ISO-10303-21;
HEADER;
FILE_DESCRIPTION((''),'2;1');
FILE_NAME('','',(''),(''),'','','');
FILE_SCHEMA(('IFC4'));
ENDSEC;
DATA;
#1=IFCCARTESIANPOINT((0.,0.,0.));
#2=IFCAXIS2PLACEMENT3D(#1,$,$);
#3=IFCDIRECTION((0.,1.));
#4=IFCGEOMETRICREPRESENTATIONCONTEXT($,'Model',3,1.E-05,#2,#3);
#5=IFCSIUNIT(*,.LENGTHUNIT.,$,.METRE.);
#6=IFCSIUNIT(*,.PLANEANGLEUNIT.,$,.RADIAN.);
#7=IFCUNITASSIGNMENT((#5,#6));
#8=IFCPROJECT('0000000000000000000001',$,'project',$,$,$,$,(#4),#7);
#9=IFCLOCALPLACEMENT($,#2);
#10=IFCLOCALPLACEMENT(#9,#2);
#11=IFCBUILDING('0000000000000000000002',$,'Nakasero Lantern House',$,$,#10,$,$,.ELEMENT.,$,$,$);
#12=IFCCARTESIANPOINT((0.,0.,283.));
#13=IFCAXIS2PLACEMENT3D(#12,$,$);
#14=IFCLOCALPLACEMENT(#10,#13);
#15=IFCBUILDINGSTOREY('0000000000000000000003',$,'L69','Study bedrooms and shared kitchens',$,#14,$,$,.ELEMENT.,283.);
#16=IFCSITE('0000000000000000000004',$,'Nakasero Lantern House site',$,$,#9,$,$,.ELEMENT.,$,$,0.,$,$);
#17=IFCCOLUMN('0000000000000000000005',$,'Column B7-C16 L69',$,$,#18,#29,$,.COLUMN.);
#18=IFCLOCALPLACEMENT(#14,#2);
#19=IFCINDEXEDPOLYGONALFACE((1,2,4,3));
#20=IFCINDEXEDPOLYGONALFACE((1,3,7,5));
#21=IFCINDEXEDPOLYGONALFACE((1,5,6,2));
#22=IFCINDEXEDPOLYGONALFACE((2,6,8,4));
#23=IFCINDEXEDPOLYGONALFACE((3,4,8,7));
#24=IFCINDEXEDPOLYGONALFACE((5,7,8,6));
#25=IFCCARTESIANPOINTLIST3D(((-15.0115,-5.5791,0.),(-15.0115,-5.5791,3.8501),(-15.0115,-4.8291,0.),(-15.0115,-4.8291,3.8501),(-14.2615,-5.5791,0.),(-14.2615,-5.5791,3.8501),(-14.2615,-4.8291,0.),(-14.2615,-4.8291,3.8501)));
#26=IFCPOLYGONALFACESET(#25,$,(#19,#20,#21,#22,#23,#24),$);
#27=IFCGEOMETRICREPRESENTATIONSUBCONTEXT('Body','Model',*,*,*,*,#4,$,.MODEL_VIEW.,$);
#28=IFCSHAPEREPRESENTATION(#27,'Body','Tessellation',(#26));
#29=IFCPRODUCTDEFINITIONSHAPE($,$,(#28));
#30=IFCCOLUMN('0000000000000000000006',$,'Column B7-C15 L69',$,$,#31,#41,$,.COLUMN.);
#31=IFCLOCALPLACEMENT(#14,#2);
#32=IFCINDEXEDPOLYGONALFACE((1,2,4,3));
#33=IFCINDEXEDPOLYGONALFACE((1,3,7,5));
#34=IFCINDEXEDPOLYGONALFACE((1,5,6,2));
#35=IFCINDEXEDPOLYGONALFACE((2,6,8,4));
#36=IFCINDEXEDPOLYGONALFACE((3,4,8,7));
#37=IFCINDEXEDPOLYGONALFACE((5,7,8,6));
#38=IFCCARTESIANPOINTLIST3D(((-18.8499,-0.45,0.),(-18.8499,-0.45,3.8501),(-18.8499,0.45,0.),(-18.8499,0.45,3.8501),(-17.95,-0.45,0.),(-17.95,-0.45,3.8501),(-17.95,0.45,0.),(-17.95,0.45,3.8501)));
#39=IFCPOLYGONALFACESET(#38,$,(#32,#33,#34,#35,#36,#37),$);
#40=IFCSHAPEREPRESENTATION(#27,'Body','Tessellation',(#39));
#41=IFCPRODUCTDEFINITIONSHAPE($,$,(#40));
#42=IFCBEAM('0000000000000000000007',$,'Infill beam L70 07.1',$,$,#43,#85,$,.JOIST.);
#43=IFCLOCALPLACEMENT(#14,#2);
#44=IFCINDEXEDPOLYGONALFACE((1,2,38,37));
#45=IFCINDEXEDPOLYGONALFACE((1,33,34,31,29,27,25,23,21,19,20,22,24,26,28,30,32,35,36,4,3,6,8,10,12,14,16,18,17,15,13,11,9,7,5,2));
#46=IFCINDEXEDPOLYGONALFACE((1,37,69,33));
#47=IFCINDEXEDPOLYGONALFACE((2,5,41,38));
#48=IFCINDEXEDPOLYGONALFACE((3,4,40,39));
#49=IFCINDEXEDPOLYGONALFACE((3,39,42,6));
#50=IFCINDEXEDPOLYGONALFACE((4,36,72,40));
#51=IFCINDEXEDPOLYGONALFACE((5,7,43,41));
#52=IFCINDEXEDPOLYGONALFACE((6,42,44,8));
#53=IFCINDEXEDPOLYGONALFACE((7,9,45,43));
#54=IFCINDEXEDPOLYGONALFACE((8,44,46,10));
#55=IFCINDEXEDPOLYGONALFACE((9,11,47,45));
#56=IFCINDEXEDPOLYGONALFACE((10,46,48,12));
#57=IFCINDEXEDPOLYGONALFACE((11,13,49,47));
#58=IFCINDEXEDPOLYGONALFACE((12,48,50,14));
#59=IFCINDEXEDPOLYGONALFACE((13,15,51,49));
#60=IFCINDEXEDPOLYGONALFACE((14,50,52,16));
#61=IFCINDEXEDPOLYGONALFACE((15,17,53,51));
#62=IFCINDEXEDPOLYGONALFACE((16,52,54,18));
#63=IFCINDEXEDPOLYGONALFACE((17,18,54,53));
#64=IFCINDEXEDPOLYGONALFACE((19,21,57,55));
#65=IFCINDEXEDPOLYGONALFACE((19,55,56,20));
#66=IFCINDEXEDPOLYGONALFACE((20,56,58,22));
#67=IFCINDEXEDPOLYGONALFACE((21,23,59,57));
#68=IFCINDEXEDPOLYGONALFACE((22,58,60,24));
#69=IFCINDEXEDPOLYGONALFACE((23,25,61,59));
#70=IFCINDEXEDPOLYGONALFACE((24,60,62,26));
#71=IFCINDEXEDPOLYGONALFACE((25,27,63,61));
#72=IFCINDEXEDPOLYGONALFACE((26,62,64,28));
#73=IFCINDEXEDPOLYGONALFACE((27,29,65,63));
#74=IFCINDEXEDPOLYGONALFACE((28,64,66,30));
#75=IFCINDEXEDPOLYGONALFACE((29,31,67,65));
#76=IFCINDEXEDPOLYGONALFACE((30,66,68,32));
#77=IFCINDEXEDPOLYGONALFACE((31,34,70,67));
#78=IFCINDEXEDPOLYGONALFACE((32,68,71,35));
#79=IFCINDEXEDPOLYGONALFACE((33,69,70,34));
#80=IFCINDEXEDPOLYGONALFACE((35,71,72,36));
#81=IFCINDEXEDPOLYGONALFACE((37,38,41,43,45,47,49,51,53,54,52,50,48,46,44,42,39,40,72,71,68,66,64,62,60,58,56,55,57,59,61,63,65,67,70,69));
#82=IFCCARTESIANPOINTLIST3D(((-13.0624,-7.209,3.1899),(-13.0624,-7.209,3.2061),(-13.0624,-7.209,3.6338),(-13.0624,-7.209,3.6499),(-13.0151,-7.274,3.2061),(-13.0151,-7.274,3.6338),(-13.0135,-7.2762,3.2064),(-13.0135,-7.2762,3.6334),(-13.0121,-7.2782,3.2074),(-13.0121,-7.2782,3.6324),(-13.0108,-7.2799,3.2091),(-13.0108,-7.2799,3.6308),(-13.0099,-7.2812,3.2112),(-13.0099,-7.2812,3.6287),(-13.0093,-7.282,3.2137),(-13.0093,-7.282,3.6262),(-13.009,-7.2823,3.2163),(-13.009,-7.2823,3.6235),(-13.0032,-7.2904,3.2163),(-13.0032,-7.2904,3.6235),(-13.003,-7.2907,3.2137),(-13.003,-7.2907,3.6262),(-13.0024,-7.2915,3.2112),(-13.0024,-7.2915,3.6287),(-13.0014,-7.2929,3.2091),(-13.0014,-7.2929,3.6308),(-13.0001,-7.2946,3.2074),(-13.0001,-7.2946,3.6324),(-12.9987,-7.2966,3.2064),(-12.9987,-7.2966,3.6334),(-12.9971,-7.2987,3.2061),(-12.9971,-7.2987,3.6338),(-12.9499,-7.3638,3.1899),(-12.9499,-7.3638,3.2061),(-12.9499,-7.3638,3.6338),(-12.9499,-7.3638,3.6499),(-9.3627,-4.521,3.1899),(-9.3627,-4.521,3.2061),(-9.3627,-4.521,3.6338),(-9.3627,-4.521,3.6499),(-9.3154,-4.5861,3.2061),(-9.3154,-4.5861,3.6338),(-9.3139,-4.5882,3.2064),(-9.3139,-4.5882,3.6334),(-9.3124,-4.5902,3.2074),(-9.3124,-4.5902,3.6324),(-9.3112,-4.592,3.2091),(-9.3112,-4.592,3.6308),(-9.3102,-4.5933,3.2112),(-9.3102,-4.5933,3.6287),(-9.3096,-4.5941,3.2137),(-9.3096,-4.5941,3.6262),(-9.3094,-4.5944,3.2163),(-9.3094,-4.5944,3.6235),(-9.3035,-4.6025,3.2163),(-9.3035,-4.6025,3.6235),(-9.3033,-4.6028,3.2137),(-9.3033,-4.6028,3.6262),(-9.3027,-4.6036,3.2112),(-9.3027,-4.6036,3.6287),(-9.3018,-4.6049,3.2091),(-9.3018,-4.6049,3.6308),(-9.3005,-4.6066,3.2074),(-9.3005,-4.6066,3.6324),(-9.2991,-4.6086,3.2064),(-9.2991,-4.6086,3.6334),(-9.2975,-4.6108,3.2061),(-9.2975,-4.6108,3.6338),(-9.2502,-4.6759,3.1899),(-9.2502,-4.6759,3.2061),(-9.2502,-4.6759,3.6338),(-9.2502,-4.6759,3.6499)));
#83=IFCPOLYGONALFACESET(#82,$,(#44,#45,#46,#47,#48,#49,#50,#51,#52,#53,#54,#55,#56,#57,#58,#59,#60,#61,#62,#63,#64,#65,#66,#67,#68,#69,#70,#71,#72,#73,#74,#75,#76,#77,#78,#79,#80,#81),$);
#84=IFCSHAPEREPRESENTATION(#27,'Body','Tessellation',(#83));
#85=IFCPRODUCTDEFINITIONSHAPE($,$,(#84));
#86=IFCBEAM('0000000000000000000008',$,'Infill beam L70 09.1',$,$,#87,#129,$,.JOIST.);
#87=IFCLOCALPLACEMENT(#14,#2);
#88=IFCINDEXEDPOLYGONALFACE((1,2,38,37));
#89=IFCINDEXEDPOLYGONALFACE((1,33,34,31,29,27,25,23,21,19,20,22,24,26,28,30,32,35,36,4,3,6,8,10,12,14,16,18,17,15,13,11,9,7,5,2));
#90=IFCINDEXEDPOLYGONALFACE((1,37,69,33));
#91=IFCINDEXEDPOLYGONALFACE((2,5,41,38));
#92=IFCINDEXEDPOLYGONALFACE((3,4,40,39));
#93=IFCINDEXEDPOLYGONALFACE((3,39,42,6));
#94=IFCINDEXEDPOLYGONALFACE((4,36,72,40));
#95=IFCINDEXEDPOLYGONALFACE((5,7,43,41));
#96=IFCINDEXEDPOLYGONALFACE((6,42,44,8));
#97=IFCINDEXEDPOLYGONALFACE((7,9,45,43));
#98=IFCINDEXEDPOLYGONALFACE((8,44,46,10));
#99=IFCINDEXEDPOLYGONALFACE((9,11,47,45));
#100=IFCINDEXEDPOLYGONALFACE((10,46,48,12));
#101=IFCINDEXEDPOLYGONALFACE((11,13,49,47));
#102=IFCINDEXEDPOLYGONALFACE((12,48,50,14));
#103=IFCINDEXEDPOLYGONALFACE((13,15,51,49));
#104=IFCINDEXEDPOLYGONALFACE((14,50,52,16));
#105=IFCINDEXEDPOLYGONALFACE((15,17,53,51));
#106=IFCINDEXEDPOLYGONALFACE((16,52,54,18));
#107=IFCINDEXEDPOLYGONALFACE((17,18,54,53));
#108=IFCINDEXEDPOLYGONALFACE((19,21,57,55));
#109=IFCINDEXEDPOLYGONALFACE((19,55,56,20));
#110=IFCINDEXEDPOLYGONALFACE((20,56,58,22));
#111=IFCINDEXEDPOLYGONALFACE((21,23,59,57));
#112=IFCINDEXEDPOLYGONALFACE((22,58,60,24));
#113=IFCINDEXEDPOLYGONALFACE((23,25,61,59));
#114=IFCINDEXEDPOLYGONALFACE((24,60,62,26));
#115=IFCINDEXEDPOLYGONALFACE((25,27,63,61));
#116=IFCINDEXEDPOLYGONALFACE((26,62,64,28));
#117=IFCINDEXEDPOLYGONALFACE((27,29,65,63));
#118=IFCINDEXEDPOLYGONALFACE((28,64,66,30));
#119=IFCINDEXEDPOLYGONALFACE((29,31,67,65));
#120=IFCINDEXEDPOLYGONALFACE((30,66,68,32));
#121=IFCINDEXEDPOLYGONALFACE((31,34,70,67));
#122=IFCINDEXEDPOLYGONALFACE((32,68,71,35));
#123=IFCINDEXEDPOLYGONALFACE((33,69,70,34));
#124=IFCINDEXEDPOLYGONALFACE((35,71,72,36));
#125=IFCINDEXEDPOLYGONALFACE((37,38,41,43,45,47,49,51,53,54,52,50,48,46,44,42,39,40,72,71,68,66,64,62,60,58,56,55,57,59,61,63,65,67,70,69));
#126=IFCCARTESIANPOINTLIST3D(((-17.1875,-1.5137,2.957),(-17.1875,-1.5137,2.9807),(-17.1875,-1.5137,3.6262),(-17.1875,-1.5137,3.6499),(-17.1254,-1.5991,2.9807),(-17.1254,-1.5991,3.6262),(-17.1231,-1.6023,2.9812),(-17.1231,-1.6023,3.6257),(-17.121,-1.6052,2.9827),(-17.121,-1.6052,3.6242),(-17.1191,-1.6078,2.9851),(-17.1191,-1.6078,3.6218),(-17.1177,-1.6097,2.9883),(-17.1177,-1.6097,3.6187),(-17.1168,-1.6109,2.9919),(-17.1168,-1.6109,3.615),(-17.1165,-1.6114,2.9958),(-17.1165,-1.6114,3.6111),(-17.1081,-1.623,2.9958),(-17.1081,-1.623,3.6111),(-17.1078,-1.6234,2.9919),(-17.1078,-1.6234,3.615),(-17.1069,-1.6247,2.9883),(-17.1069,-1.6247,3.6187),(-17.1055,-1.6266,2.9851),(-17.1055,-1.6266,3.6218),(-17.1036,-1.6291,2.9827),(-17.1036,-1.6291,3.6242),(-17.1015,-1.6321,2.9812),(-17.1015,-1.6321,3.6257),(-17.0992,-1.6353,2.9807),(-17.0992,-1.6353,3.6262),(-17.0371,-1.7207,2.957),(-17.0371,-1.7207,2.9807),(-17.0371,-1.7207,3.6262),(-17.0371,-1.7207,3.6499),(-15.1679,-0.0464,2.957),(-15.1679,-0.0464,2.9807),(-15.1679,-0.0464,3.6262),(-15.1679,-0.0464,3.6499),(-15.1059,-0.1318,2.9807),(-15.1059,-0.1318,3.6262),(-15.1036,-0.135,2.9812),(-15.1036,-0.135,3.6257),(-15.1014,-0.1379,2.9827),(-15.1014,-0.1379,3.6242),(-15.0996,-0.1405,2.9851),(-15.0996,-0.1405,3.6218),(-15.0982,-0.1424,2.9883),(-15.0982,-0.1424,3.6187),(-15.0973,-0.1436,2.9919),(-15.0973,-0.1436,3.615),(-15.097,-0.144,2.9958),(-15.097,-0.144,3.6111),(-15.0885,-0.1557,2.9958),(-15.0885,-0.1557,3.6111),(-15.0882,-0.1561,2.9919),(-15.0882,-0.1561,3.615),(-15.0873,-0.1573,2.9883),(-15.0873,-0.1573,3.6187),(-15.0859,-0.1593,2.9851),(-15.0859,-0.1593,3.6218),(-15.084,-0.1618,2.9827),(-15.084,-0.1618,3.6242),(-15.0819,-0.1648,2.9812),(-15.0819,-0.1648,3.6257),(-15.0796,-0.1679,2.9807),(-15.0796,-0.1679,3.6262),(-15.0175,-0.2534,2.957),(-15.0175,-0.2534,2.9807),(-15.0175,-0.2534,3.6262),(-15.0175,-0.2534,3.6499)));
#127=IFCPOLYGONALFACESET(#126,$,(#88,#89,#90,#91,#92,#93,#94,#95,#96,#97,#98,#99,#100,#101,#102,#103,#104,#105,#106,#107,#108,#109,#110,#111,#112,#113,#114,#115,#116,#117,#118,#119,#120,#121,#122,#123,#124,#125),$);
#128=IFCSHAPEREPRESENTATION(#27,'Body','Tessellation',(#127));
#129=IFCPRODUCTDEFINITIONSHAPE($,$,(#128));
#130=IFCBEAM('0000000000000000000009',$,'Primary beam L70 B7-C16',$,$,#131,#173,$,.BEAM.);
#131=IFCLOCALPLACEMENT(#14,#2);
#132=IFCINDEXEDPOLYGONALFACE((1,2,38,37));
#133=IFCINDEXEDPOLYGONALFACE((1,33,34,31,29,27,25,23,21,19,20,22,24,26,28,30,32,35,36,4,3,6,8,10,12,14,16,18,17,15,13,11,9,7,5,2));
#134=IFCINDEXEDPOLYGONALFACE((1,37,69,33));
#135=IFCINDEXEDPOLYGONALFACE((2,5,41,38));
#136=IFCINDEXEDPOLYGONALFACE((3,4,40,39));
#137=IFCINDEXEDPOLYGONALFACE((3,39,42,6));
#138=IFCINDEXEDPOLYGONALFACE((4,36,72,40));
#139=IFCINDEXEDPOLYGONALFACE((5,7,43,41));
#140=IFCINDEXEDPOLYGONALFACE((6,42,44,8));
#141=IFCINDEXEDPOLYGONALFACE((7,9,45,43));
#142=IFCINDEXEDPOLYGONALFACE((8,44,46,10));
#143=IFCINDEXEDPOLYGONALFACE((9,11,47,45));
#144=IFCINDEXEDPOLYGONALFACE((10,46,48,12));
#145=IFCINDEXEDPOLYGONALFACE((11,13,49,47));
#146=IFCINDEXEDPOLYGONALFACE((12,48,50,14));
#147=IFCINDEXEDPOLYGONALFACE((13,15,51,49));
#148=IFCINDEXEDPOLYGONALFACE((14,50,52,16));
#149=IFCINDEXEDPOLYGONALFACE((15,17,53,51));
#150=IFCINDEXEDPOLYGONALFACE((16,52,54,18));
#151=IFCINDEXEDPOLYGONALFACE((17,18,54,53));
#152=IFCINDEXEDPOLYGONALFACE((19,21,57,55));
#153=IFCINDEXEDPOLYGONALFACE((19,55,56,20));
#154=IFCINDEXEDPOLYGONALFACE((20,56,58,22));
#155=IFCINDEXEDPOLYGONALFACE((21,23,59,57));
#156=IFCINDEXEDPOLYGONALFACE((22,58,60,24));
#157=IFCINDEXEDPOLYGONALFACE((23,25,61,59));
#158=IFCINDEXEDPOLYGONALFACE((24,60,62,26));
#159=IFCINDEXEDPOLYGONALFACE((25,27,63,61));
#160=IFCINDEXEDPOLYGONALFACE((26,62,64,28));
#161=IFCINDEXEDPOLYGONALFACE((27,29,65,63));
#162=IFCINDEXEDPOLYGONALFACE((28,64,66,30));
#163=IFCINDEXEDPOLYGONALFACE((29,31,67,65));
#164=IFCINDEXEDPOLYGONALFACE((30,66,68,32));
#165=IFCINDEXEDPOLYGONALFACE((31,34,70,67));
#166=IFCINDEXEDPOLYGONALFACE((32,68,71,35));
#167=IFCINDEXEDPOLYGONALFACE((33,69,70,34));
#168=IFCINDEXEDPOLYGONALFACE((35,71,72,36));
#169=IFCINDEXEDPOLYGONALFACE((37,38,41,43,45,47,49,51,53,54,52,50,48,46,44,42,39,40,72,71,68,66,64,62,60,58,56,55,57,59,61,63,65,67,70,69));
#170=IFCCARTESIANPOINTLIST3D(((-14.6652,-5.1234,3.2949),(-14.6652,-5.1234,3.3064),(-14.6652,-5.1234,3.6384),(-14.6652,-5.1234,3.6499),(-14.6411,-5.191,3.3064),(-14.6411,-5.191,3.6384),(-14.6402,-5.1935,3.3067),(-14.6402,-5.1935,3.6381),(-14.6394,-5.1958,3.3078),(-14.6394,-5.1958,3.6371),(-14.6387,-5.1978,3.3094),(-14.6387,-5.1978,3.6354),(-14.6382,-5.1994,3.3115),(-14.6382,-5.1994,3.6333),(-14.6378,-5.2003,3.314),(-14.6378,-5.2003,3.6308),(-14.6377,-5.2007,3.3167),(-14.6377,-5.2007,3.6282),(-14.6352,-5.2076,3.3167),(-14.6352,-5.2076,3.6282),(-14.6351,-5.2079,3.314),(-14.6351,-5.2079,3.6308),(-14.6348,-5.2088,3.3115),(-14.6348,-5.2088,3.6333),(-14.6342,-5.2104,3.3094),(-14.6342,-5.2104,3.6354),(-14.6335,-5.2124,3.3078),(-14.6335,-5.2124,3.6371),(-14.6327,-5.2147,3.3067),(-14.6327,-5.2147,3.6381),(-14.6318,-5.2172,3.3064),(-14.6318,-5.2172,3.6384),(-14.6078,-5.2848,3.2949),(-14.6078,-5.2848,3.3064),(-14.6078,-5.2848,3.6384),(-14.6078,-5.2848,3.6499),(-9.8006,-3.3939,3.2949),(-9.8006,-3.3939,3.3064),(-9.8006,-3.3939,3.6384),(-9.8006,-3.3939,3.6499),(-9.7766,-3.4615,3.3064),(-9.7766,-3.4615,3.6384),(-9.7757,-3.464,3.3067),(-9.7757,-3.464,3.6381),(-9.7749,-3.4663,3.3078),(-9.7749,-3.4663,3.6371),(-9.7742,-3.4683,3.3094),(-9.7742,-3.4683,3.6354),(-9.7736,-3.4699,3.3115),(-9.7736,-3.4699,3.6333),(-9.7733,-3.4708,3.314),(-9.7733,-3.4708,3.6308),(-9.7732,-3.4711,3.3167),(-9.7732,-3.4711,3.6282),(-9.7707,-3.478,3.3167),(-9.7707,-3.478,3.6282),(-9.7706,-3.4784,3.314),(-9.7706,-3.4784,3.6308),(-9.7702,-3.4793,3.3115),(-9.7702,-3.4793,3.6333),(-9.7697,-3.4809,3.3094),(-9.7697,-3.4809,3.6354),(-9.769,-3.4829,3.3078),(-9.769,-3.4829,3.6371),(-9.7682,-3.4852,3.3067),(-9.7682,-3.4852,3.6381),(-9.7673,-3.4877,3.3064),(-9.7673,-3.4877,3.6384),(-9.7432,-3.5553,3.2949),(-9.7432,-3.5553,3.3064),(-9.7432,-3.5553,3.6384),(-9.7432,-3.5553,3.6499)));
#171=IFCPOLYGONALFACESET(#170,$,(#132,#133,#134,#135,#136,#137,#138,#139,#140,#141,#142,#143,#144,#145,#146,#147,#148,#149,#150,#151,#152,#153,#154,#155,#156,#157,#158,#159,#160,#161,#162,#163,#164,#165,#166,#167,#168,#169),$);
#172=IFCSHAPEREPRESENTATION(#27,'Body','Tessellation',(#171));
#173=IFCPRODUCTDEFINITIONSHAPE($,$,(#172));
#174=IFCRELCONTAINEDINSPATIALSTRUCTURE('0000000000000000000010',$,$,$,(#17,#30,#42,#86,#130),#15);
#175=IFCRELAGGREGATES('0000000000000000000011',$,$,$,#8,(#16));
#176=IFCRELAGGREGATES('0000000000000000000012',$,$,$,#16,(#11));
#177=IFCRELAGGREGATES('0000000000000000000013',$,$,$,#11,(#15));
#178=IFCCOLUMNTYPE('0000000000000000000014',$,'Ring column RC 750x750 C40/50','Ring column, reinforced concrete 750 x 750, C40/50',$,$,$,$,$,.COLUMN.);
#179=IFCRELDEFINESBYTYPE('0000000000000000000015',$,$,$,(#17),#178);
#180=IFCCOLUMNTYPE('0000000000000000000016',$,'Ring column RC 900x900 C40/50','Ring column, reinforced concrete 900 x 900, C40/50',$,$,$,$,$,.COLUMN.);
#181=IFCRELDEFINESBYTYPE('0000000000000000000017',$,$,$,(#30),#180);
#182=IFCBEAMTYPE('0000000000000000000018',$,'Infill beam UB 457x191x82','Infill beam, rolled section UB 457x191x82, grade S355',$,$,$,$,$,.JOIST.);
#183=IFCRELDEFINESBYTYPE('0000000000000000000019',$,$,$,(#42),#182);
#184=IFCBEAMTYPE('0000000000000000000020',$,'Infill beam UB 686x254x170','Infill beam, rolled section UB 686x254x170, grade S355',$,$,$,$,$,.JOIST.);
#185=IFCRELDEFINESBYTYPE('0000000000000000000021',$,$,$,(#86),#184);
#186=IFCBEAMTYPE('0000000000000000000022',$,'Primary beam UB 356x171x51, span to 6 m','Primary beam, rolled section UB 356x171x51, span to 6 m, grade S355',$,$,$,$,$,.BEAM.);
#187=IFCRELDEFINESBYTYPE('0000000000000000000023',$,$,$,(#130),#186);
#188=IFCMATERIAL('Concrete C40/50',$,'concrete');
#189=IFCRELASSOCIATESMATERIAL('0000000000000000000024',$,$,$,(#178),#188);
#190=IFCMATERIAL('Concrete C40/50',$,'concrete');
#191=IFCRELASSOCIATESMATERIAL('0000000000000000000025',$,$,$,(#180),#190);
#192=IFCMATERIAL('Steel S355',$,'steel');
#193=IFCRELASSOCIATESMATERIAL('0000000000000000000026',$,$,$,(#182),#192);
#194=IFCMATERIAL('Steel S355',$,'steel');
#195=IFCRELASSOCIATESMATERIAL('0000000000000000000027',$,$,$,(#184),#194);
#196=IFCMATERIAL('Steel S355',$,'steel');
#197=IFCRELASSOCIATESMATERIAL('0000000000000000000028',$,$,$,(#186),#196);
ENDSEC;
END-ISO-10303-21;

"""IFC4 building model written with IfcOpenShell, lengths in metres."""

from ifc_helpers import new_model, si_unit, direction, frame, origin, origin_2d, place, context, subcontext, project, spatial, rectangle, i_section, extrude, material, material_profile, profile_set, type_object, element, save


model = new_model("IFC4")

# Units and contexts
model_context = context("Model", 3, precision=1e-05, world=origin(), true_north=direction((0.0, 1.0)))
body_context = subcontext(model_context, "Body", "Model", "MODEL_VIEW")
ifc_project = project(units=[si_unit("LENGTHUNIT", "METRE"), si_unit("PLANEANGLEUNIT", "RADIAN")], contexts=[model_context])

# Site, building, storey
site_placement = place(None, origin())
site = spatial("IfcSite", under=ifc_project, at=site_placement, Name="Nakasero Lantern House site", CompositionType="ELEMENT", RefElevation=0.0)
building_placement = place(site_placement, origin())
building = spatial("IfcBuilding", under=site, at=building_placement, Name="Nakasero Lantern House", CompositionType="ELEMENT")
storey_placement = place(building_placement, frame((0.0, 0.0, 283.0)))
storey = spatial("IfcBuildingStorey", under=building, at=storey_placement, Name="L69", Description="Study bedrooms and shared kitchens", CompositionType="ELEMENT", Elevation=283.0)

# Columns
ifc_material_1 = material(Name="Concrete C40/50", Category="concrete")
ifc_material_profile_1 = material_profile(ifc_material_1, rectangle(XDim=0.75, YDim=0.75, at=origin_2d()), Name="RC 750x750")
ifc_profile_set_1 = profile_set([ifc_material_profile_1], Name="Concrete C40/50")
column_type_1 = type_object("IfcColumnType", Name="Ring column RC 750x750 C40/50", Description="Ring column, reinforced concrete 750 x 750, C40/50", PredefinedType="COLUMN", material=ifc_profile_set_1)
column_1_placement = place(storey_placement, frame((-14.6365, -5.2041, 0.0), z_axis=(0.0, 0.0, 1.0), x_axis=(1.0, 0.0, 0.0)))
element("IfcColumn", 1, at=column_1_placement, inside=storey, type_object=column_type_1, Name="Column B7-C16 L69", PredefinedType="COLUMN", context=body_context, shape_type="SweptSolid", body=[
    extrude(rectangle(XDim=0.75, YDim=0.75, at=origin_2d()), origin(), (0.0, 0.0, 1.0), 3.8501),
])
ifc_material_2 = material(Name="Concrete C40/50", Category="concrete")
ifc_material_profile_2 = material_profile(ifc_material_2, rectangle(XDim=0.8999, YDim=0.8999, at=origin_2d()), Name="RC 900x900")
ifc_profile_set_2 = profile_set([ifc_material_profile_2], Name="Concrete C40/50")
column_type_2 = type_object("IfcColumnType", Name="Ring column RC 900x900 C40/50", Description="Ring column, reinforced concrete 900 x 900, C40/50", PredefinedType="COLUMN", material=ifc_profile_set_2)
column_2_placement = place(storey_placement, frame((-18.3999, 0.0, 0.0), z_axis=(0.0, 0.0, 1.0), x_axis=(1.0, 0.0, 0.0)))
element("IfcColumn", 2, at=column_2_placement, inside=storey, type_object=column_type_2, Name="Column B7-C15 L69", PredefinedType="COLUMN", context=body_context, shape_type="SweptSolid", body=[
    extrude(rectangle(XDim=0.8999, YDim=0.8999, at=origin_2d()), origin(), (0.0, 0.0, 1.0), 3.8501),
])

# Beams
ifc_material_3 = material(Name="Steel S355", Category="steel")
ifc_material_profile_3 = material_profile(ifc_material_3, i_section(OverallWidth=0.1914, OverallDepth=0.46, WebThickness=0.01, FlangeThickness=0.0161, FilletRadius=0.0103, at=origin_2d()), Name="UB 457x191x82")
ifc_profile_set_3 = profile_set([ifc_material_profile_3], Name="Steel S355")
beam_type_1 = type_object("IfcBeamType", Name="Infill beam UB 457x191x82", Description="Infill beam, rolled section UB 457x191x82, grade S355", PredefinedType="JOIST", material=ifc_profile_set_3)
beam_1_placement = place(storey_placement, frame((-13.0061, -7.2864, 3.4199), z_axis=(0.809018, 0.587784, 0.0), x_axis=(-0.587784, 0.809018, 0.0)))
element("IfcBeam", 3, at=beam_1_placement, inside=storey, type_object=beam_type_1, Name="Infill beam L70 07.1", PredefinedType="JOIST", context=body_context, shape_type="SweptSolid", body=[
    extrude(i_section(OverallWidth=0.1914, OverallDepth=0.46, WebThickness=0.01, FlangeThickness=0.0161, FilletRadius=0.0103, at=origin_2d()), origin(), (0.0, 0.0, 1.0), 4.573),
])
ifc_material_4 = material(Name="Steel S355", Category="steel")
ifc_material_profile_4 = material_profile(ifc_material_4, i_section(OverallWidth=0.2559, OverallDepth=0.6929, WebThickness=0.0144, FlangeThickness=0.0237, FilletRadius=0.0151, at=origin_2d()), Name="UB 686x254x170")
ifc_profile_set_4 = profile_set([ifc_material_profile_4], Name="Steel S355")
beam_type_2 = type_object("IfcBeamType", Name="Infill beam UB 686x254x170", Description="Infill beam, rolled section UB 686x254x170, grade S355", PredefinedType="JOIST", material=ifc_profile_set_4)
beam_2_placement = place(storey_placement, frame((-17.1123, -1.6172, 3.3035), z_axis=(0.809015, 0.587788, 0.0), x_axis=(-0.587788, 0.809015, 0.0)))
element("IfcBeam", 4, at=beam_2_placement, inside=storey, type_object=beam_type_2, Name="Infill beam L70 09.1", PredefinedType="JOIST", context=body_context, shape_type="SweptSolid", body=[
    extrude(i_section(OverallWidth=0.2559, OverallDepth=0.6929, WebThickness=0.0144, FlangeThickness=0.0237, FilletRadius=0.0151, at=origin_2d()), origin(), (0.0, 0.0, 1.0), 2.4963),
])
ifc_material_5 = material(Name="Steel S355", Category="steel")
ifc_material_profile_5 = material_profile(ifc_material_5, i_section(OverallWidth=0.1714, OverallDepth=0.355, WebThickness=0.0073, FlangeThickness=0.0115, FilletRadius=0.0103, at=origin_2d()), Name="UB 356x171x51")
ifc_profile_set_5 = profile_set([ifc_material_profile_5], Name="Steel S355")
beam_type_3 = type_object("IfcBeamType", Name="Primary beam UB 356x171x51, span to 6 m", Description="Primary beam, rolled section UB 356x171x51, span to 6 m, grade S355", PredefinedType="BEAM", material=ifc_profile_set_5)
beam_3_placement = place(storey_placement, frame((-14.6365, -5.2041, 3.4724), z_axis=(0.942221, 0.334991, 0.0), x_axis=(-0.334991, 0.942221, 0.0)))
element("IfcBeam", 5, at=beam_3_placement, inside=storey, type_object=beam_type_3, Name="Primary beam L70 B7-C16", PredefinedType="BEAM", context=body_context, shape_type="SweptSolid", body=[
    extrude(i_section(OverallWidth=0.1714, OverallDepth=0.355, WebThickness=0.0073, FlangeThickness=0.0115, FilletRadius=0.0103, at=origin_2d()), origin(), (0.0, 0.0, 1.0), 5.1628),
])

save(model, "model.ifc")
